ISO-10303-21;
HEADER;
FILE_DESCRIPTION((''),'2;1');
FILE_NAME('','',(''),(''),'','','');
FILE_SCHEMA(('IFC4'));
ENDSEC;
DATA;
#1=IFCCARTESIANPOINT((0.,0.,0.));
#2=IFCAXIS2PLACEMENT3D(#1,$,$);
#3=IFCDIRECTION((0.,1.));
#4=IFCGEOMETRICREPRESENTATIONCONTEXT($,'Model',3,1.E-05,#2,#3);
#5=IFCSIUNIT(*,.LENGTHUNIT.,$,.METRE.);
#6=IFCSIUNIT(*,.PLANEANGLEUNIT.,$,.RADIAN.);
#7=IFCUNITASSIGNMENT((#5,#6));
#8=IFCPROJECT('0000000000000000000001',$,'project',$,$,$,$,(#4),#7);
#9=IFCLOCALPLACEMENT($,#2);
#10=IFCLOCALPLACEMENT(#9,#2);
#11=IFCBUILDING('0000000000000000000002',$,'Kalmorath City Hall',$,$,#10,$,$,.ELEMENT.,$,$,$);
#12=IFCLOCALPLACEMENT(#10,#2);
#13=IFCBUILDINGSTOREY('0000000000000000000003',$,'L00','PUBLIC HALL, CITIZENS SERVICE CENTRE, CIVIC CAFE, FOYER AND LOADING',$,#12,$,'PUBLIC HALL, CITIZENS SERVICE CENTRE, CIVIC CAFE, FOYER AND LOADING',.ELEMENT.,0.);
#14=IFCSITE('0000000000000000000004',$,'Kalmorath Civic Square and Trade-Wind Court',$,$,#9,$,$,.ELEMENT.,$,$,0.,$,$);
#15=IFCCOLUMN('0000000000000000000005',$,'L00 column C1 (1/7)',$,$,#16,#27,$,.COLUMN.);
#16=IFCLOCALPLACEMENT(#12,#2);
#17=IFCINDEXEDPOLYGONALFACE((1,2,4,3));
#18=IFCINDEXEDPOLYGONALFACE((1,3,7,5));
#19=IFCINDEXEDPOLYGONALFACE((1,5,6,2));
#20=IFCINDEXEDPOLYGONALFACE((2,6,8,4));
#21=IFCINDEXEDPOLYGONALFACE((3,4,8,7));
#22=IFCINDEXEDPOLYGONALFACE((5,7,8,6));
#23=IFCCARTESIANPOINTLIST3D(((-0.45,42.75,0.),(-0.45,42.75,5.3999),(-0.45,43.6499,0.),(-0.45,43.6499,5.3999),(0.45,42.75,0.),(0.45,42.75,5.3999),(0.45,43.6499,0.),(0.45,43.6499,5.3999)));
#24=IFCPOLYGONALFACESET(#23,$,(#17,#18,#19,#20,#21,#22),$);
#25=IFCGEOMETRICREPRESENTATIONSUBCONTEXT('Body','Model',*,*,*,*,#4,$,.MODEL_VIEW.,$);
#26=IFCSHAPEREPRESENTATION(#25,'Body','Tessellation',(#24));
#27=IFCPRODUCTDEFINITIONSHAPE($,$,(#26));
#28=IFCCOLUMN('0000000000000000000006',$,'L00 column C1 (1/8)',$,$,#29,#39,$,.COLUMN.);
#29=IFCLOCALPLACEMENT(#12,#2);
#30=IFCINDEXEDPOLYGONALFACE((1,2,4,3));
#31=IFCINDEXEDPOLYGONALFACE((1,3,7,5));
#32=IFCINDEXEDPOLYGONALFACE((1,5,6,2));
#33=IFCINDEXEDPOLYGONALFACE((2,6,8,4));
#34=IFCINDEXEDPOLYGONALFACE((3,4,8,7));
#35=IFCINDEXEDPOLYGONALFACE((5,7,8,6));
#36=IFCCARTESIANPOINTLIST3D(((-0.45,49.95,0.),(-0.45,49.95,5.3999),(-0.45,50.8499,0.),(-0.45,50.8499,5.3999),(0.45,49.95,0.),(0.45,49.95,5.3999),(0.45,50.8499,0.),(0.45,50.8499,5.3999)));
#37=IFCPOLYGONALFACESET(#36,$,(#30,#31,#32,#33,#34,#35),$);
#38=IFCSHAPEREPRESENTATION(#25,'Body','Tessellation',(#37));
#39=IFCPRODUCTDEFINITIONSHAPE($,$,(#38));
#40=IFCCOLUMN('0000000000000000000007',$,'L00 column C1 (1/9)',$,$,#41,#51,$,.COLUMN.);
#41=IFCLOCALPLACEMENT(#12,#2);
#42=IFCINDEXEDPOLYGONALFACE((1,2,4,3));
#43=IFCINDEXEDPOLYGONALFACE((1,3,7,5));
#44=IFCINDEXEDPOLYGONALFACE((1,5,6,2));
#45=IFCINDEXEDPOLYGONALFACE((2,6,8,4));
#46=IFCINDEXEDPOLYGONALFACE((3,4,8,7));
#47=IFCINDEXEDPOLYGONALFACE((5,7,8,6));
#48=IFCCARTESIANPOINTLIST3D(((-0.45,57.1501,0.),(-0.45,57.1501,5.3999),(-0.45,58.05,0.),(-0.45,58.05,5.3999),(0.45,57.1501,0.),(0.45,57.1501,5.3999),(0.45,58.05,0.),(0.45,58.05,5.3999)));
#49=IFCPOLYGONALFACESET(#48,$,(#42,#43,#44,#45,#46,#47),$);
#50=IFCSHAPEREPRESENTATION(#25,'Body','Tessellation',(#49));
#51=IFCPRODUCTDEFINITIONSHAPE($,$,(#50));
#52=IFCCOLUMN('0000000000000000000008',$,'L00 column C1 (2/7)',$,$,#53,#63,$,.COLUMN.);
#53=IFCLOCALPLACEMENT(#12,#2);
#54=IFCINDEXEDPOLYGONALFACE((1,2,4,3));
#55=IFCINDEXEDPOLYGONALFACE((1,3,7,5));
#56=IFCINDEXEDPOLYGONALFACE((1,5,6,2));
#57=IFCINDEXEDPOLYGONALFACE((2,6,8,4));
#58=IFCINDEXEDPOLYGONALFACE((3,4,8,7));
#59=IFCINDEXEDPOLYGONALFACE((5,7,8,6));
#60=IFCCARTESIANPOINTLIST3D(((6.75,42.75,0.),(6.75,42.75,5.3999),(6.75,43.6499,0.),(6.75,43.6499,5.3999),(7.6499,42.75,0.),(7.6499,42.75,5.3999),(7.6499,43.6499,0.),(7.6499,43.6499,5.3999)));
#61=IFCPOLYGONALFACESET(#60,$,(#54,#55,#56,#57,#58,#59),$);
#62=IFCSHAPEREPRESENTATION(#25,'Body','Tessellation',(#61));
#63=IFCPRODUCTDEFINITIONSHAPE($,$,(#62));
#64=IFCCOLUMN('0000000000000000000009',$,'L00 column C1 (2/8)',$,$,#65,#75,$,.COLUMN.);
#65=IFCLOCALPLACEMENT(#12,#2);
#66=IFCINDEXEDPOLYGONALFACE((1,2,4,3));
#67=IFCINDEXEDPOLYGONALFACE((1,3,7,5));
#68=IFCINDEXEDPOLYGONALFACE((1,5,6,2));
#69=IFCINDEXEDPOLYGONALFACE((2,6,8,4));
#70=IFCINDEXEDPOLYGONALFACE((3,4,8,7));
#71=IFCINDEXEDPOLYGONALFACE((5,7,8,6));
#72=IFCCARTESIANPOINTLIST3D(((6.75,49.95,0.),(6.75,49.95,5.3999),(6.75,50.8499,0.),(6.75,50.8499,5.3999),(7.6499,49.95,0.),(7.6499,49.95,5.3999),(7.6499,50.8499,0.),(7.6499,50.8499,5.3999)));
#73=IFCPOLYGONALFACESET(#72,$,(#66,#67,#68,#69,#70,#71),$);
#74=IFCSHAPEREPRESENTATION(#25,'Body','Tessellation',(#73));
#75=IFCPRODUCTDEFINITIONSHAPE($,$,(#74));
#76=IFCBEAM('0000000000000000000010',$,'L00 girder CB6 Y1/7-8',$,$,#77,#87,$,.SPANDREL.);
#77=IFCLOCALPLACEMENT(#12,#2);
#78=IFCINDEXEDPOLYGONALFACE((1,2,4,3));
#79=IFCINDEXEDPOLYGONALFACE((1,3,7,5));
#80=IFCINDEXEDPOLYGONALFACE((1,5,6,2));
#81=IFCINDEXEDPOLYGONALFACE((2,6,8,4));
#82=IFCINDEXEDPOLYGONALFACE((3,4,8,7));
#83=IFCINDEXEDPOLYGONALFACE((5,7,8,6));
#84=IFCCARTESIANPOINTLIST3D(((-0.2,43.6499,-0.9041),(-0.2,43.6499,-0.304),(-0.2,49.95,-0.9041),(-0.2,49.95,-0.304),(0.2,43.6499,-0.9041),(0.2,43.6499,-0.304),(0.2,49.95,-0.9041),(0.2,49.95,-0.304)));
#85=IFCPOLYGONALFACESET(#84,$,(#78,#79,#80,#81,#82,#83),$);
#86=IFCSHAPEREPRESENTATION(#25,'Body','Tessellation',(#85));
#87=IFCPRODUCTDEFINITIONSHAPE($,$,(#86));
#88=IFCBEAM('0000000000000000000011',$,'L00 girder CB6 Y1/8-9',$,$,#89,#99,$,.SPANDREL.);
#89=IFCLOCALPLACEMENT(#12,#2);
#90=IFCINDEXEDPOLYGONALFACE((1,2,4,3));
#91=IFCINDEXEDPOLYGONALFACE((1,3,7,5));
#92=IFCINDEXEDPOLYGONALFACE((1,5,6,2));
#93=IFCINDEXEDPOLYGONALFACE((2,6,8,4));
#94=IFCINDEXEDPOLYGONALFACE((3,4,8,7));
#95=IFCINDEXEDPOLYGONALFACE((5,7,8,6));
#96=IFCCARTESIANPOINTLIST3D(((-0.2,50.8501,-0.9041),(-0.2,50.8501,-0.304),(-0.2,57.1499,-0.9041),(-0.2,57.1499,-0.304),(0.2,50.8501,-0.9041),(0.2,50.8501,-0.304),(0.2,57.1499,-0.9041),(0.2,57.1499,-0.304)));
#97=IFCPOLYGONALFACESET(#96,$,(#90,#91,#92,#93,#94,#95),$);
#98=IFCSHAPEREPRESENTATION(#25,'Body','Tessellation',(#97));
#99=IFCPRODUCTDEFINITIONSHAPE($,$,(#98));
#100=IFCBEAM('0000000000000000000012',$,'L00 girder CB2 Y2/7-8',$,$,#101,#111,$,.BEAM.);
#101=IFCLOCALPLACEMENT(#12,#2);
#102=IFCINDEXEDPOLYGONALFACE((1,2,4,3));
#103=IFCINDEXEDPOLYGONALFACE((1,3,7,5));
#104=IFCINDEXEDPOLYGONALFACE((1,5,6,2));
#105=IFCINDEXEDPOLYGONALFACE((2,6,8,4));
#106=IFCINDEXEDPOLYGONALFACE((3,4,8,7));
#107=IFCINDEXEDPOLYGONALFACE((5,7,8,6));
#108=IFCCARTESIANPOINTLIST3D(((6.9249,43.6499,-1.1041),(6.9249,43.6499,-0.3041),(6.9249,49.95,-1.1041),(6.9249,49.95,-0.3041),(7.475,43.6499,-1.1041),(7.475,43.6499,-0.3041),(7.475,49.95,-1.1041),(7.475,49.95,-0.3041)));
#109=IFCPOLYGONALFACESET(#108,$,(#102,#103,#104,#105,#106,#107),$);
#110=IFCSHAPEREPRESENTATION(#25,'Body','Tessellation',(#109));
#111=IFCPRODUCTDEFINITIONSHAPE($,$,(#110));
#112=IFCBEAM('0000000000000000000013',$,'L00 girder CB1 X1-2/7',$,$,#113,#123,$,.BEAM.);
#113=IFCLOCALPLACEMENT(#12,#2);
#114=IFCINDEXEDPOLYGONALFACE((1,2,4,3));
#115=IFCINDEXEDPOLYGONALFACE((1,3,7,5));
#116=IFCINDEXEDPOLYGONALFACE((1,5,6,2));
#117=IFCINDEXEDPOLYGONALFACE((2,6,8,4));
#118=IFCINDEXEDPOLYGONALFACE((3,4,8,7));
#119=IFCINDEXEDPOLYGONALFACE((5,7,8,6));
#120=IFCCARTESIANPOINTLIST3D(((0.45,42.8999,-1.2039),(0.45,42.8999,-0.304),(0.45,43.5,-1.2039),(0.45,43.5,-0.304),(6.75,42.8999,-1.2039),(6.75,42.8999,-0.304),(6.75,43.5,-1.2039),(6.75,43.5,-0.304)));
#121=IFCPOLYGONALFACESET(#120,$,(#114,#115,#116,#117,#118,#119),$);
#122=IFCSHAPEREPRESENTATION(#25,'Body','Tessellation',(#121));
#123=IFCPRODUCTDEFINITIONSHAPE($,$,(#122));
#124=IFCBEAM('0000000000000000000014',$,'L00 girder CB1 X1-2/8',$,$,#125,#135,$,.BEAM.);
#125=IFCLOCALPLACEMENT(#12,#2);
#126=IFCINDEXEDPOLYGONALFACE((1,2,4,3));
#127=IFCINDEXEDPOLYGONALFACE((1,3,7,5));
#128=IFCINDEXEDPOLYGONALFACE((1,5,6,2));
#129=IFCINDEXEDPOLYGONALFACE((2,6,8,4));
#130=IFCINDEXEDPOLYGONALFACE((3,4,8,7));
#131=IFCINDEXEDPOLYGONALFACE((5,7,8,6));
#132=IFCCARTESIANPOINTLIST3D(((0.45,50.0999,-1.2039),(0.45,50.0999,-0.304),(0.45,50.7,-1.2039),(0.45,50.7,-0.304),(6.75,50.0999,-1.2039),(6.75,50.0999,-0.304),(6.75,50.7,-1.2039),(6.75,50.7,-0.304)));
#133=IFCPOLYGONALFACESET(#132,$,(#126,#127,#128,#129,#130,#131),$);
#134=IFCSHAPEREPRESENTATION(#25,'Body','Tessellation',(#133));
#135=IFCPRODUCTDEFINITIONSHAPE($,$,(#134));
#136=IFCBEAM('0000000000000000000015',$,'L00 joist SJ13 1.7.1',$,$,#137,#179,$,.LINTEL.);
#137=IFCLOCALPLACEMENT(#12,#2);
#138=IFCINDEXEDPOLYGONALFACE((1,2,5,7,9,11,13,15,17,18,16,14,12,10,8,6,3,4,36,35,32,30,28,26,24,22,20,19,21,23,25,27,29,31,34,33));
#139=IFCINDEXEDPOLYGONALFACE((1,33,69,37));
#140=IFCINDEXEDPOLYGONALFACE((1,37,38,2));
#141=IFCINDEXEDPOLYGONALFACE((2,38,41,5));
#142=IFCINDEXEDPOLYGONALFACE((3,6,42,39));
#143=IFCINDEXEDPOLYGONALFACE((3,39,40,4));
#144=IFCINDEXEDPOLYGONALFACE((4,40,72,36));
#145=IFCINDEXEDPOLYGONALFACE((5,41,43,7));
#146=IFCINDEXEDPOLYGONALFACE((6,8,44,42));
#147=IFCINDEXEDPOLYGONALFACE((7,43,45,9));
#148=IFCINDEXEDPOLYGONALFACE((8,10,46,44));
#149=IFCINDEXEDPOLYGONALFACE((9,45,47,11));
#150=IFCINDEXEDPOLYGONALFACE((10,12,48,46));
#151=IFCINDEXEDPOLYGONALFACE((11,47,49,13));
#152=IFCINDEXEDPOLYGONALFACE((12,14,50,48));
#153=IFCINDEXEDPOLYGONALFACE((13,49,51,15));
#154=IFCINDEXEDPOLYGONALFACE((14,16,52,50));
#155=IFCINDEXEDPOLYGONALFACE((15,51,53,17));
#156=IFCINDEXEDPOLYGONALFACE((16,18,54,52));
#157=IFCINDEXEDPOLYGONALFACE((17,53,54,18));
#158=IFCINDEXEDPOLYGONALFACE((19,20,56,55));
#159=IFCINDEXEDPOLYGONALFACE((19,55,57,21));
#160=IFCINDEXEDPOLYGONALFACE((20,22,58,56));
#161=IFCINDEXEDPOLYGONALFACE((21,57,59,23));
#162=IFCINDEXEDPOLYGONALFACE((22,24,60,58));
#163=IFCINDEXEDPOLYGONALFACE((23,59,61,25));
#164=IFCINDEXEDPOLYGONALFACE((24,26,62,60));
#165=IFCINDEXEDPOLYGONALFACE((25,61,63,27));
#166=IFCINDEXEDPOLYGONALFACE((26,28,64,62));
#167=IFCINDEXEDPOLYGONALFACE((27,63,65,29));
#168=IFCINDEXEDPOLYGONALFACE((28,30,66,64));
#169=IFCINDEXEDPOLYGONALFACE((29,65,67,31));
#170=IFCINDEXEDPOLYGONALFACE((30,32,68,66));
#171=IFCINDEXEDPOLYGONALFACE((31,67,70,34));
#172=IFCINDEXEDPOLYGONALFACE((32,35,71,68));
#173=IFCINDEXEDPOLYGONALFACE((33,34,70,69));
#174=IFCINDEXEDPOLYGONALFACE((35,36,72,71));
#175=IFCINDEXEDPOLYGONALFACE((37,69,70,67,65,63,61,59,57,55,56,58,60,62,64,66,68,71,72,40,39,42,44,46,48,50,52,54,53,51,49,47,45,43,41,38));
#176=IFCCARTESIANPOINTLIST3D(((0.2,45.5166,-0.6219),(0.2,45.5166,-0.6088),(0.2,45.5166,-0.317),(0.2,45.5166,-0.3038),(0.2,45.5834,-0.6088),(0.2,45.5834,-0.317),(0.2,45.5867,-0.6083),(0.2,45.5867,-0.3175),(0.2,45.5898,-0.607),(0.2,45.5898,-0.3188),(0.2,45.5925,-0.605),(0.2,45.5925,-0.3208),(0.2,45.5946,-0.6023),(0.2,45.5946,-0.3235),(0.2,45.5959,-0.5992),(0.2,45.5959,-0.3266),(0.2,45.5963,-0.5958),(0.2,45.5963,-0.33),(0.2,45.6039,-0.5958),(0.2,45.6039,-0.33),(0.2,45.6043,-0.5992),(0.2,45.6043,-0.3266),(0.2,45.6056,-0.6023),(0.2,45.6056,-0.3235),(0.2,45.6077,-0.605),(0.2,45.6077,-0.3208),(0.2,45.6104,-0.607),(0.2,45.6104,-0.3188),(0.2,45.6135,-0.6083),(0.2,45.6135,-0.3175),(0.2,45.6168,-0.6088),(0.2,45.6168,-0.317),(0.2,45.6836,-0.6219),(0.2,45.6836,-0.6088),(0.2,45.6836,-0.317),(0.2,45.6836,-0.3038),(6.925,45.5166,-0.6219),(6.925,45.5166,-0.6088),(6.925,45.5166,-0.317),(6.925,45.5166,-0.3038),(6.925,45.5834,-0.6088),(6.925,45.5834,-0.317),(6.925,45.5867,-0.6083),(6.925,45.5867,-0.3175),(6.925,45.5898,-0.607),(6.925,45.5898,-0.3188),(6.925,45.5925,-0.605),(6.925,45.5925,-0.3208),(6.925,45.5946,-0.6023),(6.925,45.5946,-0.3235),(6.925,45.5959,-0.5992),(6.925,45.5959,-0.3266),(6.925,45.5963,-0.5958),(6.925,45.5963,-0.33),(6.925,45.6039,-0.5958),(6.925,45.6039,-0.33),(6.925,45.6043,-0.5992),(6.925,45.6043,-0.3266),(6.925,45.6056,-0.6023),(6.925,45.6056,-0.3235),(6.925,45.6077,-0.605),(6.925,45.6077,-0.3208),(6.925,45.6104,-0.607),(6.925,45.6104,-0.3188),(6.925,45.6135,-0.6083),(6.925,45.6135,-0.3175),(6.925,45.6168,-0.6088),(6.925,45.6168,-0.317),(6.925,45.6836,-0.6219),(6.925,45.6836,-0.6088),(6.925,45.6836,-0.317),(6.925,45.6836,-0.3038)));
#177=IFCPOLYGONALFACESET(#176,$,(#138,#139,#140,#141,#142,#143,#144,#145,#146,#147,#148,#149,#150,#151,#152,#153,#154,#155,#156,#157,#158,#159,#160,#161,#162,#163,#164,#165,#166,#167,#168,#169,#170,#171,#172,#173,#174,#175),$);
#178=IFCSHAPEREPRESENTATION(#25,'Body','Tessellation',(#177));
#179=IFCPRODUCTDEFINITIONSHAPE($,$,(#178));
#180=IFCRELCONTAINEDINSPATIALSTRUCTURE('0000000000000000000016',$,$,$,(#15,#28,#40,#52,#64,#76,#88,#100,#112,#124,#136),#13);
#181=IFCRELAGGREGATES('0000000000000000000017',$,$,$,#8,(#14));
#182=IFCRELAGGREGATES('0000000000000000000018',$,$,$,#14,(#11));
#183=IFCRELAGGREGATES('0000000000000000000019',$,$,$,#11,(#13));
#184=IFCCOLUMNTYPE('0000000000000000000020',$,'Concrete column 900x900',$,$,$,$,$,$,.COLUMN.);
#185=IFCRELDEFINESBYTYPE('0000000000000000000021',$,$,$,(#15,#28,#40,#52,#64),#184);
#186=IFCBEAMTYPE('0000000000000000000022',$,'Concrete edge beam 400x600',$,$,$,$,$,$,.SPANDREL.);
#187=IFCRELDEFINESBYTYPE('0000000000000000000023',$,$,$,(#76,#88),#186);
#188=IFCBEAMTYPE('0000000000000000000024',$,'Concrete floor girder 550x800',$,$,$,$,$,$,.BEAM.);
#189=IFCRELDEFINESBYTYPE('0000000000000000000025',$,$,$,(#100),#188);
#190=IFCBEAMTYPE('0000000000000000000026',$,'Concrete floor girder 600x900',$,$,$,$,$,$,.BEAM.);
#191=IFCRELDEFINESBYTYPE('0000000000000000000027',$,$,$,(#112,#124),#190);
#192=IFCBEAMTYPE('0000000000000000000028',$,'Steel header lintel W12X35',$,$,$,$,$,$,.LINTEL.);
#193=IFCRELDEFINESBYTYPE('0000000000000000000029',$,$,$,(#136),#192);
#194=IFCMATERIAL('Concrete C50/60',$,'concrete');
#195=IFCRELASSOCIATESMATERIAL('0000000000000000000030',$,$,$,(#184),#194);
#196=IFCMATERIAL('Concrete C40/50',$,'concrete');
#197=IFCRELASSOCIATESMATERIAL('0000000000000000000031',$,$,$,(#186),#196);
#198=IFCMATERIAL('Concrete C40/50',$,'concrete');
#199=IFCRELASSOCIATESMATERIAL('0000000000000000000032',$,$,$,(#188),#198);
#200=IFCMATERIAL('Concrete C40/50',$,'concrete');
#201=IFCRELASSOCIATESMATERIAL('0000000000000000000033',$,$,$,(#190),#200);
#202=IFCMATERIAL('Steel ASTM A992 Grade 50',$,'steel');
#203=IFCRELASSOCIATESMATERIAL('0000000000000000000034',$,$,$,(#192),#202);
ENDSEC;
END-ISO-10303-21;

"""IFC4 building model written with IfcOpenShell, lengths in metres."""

from ifc_helpers import new_model, si_unit, direction, frame, origin, origin_2d, place, context, subcontext, project, spatial, rectangle, i_section, extrude, material, material_profile, profile_set, type_object, element, save


model = new_model("IFC4")

# Units and contexts
model_context = context("Model", 3, precision=1e-05, world=origin(), true_north=direction((0.0, 1.0)))
body_context = subcontext(model_context, "Body", "Model", "MODEL_VIEW")
ifc_project = project(units=[si_unit("LENGTHUNIT", "METRE"), si_unit("PLANEANGLEUNIT", "RADIAN")], contexts=[model_context])

# Site, building, storey
site_placement = place(None, origin())
site = spatial("IfcSite", under=ifc_project, at=site_placement, Name="Kalmorath Civic Square and Trade-Wind Court", CompositionType="ELEMENT", RefElevation=0.0)
building_placement = place(site_placement, origin())
building = spatial("IfcBuilding", under=site, at=building_placement, Name="Kalmorath City Hall", CompositionType="ELEMENT")
storey_placement = place(building_placement, origin())
storey = spatial("IfcBuildingStorey", under=building, at=storey_placement, Name="L00", Description="PUBLIC HALL, CITIZENS SERVICE CENTRE, CIVIC CAFE, FOYER AND LOADING", LongName="PUBLIC HALL, CITIZENS SERVICE CENTRE, CIVIC CAFE, FOYER AND LOADING", CompositionType="ELEMENT", Elevation=0.0)

# Columns
ifc_material_1 = material(Name="Concrete C50/60", Category="concrete")
ifc_material_profile_1 = material_profile(ifc_material_1, rectangle(XDim=0.8999, YDim=0.8999, at=origin_2d()), Name="RC-COL-900X900")
ifc_profile_set_1 = profile_set([ifc_material_profile_1], Name="Concrete C50/60")
column_type = type_object("IfcColumnType", Name="Concrete column 900x900", PredefinedType="COLUMN", material=ifc_profile_set_1)
for number, where, z_axis, x_axis, name in (
    (1, (0.0, 43.2, 0.0), (0.0, 0.0, 1.0), (1.0, 0.0, 0.0), "L00 column C1 (1/7)"),
    (2, (0.0, 50.3999, 0.0), (0.0, 0.0, 1.0), (1.0, 0.0, 0.0), "L00 column C1 (1/8)"),
    (3, (0.0, 57.6001, 0.0), (0.0, 0.0, 1.0), (1.0, 0.0, 0.0), "L00 column C1 (1/9)"),
    (4, (7.2, 43.2, 0.0), (0.0, 0.0, 1.0), (1.0, 0.0, 0.0), "L00 column C1 (2/7)"),
    (5, (7.2, 50.3999, 0.0), (0.0, 0.0, 1.0), (1.0, 0.0, 0.0), "L00 column C1 (2/8)"),
):
    element("IfcColumn", number, at=place(storey_placement, frame(where, z_axis=z_axis, x_axis=x_axis)), inside=storey, type_object=column_type, Name=name, PredefinedType="COLUMN", context=body_context, shape_type="SweptSolid", body=[
        extrude(rectangle(XDim=0.8999, YDim=0.8999, at=origin_2d()), origin(), (0.0, 0.0, 1.0), 5.3999),
    ])

# Beams
ifc_material_2 = material(Name="Concrete C40/50", Category="concrete")
ifc_material_profile_2 = material_profile(ifc_material_2, rectangle(XDim=0.3999, YDim=0.6001, at=origin_2d()), Name="RC-BM-400X600")
ifc_profile_set_2 = profile_set([ifc_material_profile_2], Name="Concrete C40/50")
beam_type_1 = type_object("IfcBeamType", Name="Concrete edge beam 400x600", PredefinedType="SPANDREL", material=ifc_profile_set_2)
beam_1_placement = place(storey_placement, frame((0.0, 43.6499, -0.604), z_axis=(0.0, 1.0, 0.0), x_axis=(-1.0, 0.0, 0.0)))
element("IfcBeam", 6, at=beam_1_placement, inside=storey, type_object=beam_type_1, Name="L00 girder CB6 Y1/7-8", PredefinedType="SPANDREL", context=body_context, shape_type="SweptSolid", body=[
    extrude(rectangle(XDim=0.3999, YDim=0.6001, at=origin_2d()), origin(), (0.0, 0.0, 1.0), 6.3),
])
beam_2_placement = place(storey_placement, frame((0.0, 50.8501, -0.604), z_axis=(0.0, 1.0, 0.0), x_axis=(-1.0, 0.0, 0.0)))
element("IfcBeam", 7, at=beam_2_placement, inside=storey, type_object=beam_type_1, Name="L00 girder CB6 Y1/8-9", PredefinedType="SPANDREL", context=body_context, shape_type="SweptSolid", body=[
    extrude(rectangle(XDim=0.3999, YDim=0.6001, at=origin_2d()), origin(), (0.0, 0.0, 1.0), 6.2998),
])
ifc_material_3 = material(Name="Concrete C40/50", Category="concrete")
ifc_material_profile_3 = material_profile(ifc_material_3, rectangle(XDim=0.55, YDim=0.8, at=origin_2d()), Name="RC-BM-550X800")
ifc_profile_set_3 = profile_set([ifc_material_profile_3], Name="Concrete C40/50")
beam_type_2 = type_object("IfcBeamType", Name="Concrete floor girder 550x800", PredefinedType="BEAM", material=ifc_profile_set_3)
beam_3_placement = place(storey_placement, frame((7.2, 43.6499, -0.7041), z_axis=(0.0, 1.0, 0.0), x_axis=(-1.0, 0.0, 0.0)))
element("IfcBeam", 8, at=beam_3_placement, inside=storey, type_object=beam_type_2, Name="L00 girder CB2 Y2/7-8", PredefinedType="BEAM", context=body_context, shape_type="SweptSolid", body=[
    extrude(rectangle(XDim=0.55, YDim=0.8, at=origin_2d()), origin(), (0.0, 0.0, 1.0), 6.3),
])
ifc_material_4 = material(Name="Concrete C40/50", Category="concrete")
ifc_material_profile_4 = material_profile(ifc_material_4, rectangle(XDim=0.6001, YDim=0.8999, at=origin_2d()), Name="RC-BM-600X900")
ifc_profile_set_4 = profile_set([ifc_material_profile_4], Name="Concrete C40/50")
beam_type_3 = type_object("IfcBeamType", Name="Concrete floor girder 600x900", PredefinedType="BEAM", material=ifc_profile_set_4)
for number, where, z_axis, x_axis, name in (
    (9, (0.45, 43.2, -0.7539), (1.0, 0.0, 0.0), (0.0, 1.0, 0.0), "L00 girder CB1 X1-2/7"),
    (10, (0.45, 50.3999, -0.7539), (1.0, 0.0, 0.0), (0.0, 1.0, 0.0), "L00 girder CB1 X1-2/8"),
):
    element("IfcBeam", number, at=place(storey_placement, frame(where, z_axis=z_axis, x_axis=x_axis)), inside=storey, type_object=beam_type_3, Name=name, PredefinedType="BEAM", context=body_context, shape_type="SweptSolid", body=[
        extrude(rectangle(XDim=0.6001, YDim=0.8999, at=origin_2d()), origin(), (0.0, 0.0, 1.0), 6.3),
    ])
ifc_material_5 = material(Name="Steel ASTM A992 Grade 50", Category="steel")
ifc_material_profile_5 = material_profile(ifc_material_5, i_section(OverallWidth=0.167, OverallDepth=0.3181, WebThickness=0.0076, FlangeThickness=0.0132, FilletRadius=0.0129, at=origin_2d()), Name="W12X35")
ifc_profile_set_5 = profile_set([ifc_material_profile_5], Name="Steel ASTM A992 Grade 50")
beam_type_4 = type_object("IfcBeamType", Name="Steel header lintel W12X35", PredefinedType="LINTEL", material=ifc_profile_set_5)
for number, where, z_axis, x_axis, name in (
    (11, (0.2, 45.6001, -0.4629), (1.0, 0.0, 0.0), (0.0, 1.0, 0.0), "L00 joist SJ13 1.7.1"),
):
    element("IfcBeam", number, at=place(storey_placement, frame(where, z_axis=z_axis, x_axis=x_axis)), inside=storey, type_object=beam_type_4, Name=name, PredefinedType="LINTEL", context=body_context, shape_type="SweptSolid", body=[
        extrude(i_section(OverallWidth=0.167, OverallDepth=0.3181, WebThickness=0.0076, FlangeThickness=0.0132, FilletRadius=0.0129, at=origin_2d()), origin(), (0.0, 0.0, 1.0), 6.7251),
    ])

save(model, "model.ifc")
